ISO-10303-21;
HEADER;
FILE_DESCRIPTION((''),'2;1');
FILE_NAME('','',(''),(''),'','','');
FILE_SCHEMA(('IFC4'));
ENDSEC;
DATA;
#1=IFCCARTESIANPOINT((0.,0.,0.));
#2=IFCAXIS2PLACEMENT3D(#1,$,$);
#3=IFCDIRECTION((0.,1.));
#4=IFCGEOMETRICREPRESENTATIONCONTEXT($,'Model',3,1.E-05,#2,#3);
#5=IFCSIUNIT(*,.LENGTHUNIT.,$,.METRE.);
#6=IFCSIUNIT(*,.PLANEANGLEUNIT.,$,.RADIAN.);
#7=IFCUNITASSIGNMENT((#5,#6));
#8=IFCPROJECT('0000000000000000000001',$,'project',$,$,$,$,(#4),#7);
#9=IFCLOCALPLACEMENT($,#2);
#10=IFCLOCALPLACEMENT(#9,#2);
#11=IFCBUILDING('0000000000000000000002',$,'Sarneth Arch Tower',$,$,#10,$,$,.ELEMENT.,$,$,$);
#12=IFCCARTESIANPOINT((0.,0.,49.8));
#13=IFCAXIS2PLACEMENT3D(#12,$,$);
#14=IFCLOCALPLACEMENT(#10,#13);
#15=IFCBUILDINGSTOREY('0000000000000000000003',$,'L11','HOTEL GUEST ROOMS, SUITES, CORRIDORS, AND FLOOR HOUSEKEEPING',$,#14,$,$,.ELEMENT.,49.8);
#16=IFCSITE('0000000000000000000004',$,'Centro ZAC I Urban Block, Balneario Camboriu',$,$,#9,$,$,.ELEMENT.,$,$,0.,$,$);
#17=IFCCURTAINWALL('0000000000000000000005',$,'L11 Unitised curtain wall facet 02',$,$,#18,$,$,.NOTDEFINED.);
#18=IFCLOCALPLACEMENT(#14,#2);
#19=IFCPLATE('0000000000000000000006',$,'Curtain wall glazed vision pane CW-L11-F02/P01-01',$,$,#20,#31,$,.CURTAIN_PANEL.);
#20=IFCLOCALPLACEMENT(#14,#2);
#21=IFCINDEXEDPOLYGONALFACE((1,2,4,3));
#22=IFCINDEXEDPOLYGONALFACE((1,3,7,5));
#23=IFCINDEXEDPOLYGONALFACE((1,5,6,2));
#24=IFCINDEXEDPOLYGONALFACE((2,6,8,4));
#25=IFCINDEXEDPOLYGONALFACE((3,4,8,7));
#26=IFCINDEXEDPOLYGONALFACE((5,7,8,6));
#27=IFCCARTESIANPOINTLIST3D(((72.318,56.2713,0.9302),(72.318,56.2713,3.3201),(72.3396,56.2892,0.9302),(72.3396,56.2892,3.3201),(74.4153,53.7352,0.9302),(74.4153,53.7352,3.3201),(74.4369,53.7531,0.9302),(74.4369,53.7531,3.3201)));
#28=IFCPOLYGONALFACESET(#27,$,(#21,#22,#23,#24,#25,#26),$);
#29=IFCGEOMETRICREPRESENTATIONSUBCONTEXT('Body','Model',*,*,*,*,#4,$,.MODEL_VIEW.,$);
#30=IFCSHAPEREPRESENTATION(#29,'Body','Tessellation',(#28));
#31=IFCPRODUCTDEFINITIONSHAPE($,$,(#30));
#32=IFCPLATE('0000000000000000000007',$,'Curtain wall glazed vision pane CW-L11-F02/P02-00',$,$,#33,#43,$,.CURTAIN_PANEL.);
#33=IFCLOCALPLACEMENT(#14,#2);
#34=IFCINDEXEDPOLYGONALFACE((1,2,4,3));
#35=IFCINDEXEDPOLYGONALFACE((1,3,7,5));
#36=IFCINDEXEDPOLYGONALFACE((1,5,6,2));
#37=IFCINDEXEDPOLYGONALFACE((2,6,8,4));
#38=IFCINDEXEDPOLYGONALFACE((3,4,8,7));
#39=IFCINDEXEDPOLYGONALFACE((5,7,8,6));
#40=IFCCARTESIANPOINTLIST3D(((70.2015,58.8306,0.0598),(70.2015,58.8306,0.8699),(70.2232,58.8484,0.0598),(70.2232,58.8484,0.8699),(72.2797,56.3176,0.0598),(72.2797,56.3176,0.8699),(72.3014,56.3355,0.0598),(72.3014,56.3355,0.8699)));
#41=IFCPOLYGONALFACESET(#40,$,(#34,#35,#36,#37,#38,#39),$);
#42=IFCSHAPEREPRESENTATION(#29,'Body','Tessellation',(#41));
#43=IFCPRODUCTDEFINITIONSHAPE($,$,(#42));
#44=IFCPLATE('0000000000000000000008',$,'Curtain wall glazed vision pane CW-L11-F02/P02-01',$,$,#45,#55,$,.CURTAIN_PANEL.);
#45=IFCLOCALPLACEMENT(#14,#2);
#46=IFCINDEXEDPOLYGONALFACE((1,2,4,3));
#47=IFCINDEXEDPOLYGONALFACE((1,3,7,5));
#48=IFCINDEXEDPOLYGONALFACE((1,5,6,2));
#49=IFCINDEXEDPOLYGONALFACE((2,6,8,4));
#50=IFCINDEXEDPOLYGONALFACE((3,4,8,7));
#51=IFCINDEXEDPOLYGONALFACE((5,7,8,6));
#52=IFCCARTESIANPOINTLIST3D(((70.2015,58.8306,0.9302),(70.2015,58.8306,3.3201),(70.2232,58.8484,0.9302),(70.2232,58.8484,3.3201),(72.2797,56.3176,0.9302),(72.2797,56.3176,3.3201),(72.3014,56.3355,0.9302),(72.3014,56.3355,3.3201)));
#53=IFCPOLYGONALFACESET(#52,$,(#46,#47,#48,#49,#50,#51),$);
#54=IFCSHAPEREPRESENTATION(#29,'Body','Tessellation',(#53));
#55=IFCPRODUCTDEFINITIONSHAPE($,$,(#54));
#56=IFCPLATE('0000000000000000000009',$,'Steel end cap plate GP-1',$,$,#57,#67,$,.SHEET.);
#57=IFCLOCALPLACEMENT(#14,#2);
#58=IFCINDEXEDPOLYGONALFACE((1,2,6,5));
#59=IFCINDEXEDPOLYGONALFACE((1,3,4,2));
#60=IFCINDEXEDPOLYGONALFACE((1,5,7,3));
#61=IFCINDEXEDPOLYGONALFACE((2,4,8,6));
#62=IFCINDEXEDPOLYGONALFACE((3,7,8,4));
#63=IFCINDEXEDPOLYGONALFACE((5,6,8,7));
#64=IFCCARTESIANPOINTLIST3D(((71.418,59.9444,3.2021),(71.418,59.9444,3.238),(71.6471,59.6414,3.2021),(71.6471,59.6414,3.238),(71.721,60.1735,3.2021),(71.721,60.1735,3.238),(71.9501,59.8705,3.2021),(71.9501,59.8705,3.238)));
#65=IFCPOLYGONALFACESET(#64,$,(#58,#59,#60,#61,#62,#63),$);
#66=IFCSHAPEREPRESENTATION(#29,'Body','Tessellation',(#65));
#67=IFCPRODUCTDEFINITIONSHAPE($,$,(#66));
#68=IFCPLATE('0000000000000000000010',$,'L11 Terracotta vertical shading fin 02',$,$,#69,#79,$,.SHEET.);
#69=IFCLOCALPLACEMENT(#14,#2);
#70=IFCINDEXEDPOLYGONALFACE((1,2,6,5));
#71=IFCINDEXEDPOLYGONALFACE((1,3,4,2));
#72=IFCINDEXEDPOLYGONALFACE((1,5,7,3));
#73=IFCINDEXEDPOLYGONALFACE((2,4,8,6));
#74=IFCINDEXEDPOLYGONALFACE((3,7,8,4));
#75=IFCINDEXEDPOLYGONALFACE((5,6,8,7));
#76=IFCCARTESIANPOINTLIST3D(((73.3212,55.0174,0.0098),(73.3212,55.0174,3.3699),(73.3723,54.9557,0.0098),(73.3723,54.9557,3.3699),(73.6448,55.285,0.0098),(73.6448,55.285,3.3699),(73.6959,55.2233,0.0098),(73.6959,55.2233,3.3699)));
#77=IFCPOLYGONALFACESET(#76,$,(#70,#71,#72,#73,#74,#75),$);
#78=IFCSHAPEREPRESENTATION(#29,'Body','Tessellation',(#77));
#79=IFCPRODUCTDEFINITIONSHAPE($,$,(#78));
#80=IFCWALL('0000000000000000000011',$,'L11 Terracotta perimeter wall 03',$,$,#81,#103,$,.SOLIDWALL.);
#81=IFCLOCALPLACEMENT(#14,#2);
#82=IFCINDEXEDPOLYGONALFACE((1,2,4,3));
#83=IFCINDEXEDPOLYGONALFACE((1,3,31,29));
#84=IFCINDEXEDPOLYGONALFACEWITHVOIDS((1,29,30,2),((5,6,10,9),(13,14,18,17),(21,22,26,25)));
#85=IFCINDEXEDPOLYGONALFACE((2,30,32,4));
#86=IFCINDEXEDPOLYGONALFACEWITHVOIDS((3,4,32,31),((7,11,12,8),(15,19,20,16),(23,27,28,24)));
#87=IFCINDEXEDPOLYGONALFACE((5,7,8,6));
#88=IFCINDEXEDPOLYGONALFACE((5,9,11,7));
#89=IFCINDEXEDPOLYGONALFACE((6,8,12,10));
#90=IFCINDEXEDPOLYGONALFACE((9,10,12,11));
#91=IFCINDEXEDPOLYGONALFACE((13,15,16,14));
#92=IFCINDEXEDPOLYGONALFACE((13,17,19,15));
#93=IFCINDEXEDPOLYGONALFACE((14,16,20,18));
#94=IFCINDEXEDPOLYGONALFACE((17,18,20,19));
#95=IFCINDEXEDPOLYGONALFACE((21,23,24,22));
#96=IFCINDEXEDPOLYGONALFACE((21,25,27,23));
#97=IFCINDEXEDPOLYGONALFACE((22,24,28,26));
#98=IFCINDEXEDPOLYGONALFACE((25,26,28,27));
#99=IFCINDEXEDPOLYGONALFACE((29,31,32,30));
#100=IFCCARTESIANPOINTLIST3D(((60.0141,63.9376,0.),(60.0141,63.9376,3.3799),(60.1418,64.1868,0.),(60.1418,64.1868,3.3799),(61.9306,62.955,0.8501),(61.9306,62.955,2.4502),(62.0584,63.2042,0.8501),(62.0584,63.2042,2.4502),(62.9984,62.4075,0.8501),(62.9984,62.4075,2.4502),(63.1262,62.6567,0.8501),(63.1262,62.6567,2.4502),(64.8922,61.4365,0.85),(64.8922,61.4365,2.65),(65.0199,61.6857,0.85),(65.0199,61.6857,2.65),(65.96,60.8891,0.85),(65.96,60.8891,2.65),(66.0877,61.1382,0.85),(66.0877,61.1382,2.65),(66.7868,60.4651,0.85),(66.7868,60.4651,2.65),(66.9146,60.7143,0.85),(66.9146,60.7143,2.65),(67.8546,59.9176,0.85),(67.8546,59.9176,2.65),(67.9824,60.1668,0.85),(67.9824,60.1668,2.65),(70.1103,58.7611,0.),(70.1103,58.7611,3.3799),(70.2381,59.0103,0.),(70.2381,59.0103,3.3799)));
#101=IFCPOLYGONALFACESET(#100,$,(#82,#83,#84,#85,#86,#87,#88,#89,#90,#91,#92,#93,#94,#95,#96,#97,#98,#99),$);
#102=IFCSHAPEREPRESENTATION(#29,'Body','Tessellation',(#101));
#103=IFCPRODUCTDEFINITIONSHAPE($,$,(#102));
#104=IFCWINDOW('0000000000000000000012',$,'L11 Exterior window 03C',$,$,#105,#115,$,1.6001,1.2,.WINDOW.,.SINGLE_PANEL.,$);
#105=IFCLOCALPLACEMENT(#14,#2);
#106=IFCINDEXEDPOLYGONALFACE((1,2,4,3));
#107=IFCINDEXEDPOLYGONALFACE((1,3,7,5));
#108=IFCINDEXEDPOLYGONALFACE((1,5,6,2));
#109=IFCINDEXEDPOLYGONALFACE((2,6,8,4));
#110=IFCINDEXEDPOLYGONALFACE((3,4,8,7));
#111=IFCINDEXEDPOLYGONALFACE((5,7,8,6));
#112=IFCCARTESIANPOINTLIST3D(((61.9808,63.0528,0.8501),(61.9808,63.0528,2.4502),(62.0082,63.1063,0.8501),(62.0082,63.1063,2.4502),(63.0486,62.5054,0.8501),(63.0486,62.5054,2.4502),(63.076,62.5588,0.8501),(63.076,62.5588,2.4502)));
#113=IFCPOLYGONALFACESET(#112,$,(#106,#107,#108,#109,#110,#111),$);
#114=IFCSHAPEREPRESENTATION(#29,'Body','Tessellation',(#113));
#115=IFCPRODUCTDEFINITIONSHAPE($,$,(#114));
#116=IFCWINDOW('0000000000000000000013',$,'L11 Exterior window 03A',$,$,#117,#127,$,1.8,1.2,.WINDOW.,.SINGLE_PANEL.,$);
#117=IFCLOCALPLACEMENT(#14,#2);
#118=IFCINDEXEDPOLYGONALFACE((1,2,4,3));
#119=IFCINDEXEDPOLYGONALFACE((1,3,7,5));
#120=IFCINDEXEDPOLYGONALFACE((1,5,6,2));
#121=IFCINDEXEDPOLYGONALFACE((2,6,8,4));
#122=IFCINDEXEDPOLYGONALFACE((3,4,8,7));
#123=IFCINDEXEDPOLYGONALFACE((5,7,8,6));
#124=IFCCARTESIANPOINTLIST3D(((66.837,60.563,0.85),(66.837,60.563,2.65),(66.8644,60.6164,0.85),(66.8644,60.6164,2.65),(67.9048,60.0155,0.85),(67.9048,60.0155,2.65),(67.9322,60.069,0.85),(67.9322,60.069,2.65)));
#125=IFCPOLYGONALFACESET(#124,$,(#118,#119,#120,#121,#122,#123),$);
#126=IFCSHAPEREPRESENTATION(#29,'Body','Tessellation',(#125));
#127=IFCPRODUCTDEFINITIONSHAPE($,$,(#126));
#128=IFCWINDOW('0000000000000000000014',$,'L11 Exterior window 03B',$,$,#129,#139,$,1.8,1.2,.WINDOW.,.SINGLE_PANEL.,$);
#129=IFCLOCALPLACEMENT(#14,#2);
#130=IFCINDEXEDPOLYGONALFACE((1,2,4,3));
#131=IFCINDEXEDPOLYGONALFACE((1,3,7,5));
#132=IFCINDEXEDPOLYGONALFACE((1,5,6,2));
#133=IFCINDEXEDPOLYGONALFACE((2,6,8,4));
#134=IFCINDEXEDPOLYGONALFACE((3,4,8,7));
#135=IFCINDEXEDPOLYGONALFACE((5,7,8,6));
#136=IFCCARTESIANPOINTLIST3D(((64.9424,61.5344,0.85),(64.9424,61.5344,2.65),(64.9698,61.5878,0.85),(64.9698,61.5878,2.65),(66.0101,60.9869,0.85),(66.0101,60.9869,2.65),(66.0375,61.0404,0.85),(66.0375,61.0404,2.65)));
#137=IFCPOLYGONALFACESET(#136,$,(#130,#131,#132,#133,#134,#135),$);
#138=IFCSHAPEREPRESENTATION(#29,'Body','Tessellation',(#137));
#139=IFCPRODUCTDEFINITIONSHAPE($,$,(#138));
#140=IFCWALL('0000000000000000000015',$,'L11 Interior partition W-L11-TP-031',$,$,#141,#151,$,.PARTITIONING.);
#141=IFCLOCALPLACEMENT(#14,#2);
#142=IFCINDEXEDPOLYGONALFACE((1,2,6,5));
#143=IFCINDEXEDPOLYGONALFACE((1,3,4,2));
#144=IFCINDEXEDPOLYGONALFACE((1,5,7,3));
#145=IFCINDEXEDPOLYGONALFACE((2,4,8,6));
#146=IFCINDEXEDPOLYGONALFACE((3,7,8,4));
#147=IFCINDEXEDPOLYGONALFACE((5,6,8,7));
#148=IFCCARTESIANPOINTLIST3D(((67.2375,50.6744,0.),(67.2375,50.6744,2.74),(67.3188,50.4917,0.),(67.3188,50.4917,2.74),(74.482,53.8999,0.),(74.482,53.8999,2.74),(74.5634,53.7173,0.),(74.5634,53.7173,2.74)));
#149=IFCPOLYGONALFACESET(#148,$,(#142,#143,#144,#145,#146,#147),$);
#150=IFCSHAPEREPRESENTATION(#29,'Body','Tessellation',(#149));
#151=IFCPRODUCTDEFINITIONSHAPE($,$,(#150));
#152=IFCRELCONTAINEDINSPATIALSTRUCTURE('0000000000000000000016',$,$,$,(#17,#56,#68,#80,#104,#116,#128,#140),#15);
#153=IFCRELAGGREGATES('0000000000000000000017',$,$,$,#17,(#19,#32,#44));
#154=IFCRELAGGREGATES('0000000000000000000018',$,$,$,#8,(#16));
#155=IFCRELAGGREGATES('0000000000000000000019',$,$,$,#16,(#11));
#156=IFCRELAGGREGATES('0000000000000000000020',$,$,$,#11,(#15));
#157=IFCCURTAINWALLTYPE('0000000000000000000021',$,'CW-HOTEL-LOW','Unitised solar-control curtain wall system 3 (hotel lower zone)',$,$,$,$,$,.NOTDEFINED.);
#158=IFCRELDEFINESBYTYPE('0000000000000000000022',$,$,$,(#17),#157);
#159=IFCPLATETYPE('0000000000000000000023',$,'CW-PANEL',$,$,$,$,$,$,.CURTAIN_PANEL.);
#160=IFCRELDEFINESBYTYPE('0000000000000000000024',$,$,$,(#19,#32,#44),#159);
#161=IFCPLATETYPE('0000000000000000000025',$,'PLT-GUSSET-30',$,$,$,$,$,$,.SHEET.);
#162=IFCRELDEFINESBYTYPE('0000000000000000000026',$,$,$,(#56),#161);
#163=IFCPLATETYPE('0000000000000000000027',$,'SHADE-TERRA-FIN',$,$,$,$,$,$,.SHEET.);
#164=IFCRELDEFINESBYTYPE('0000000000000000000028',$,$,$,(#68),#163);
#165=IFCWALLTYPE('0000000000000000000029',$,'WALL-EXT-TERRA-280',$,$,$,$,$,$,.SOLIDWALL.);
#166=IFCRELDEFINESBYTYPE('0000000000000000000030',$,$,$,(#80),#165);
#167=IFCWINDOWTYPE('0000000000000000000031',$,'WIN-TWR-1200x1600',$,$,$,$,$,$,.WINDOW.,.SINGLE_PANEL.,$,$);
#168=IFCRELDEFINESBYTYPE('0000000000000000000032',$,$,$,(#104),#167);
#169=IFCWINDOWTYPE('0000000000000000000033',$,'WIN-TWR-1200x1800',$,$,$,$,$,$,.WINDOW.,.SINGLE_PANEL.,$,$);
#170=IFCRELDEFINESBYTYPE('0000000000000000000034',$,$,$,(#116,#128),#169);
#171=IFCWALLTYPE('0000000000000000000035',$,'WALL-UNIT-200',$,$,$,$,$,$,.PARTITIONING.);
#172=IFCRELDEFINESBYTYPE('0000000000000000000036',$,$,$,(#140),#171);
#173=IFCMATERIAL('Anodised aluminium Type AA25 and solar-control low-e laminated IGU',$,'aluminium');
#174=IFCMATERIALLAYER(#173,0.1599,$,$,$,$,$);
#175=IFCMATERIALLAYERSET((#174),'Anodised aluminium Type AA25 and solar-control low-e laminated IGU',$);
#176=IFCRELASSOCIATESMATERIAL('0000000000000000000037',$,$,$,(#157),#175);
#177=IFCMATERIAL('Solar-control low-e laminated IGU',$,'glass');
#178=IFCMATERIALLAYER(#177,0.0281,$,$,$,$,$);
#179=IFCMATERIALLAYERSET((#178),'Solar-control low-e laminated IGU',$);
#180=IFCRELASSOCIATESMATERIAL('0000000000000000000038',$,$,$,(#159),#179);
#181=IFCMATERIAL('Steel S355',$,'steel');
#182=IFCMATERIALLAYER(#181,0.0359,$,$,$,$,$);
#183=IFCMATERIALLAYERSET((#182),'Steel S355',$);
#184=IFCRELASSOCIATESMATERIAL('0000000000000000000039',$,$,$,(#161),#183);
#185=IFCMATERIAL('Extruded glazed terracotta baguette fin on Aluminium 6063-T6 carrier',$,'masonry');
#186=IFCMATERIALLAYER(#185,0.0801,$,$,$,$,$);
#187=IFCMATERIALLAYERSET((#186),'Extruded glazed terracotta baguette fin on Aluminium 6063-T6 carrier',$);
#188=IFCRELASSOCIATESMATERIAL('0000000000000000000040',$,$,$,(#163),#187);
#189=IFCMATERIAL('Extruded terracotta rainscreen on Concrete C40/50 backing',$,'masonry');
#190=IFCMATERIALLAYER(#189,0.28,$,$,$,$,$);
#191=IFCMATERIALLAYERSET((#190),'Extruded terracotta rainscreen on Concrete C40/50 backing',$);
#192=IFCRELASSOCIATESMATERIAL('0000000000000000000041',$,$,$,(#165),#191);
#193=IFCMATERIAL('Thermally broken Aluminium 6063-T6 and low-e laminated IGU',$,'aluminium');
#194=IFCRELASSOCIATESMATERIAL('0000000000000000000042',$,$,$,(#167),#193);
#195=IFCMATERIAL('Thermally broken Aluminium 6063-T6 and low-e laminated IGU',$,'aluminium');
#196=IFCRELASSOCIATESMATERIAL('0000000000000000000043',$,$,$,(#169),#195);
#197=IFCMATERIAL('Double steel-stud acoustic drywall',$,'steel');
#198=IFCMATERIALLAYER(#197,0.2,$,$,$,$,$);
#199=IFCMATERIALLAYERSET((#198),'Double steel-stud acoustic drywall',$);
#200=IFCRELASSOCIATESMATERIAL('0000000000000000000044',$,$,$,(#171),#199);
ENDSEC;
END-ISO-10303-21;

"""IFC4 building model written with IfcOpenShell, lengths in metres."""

from ifc_helpers import new_model, si_unit, direction, frame, frame_2d, origin, origin_2d, place, context, subcontext, project, spatial, rectangle, extrude, material, layer, layer_set, type_object, element, fill, aggregate, save


model = new_model("IFC4")

# Units and contexts
model_context = context("Model", 3, precision=1e-05, world=origin(), true_north=direction((0.0, 1.0)))
body_context = subcontext(model_context, "Body", "Model", "MODEL_VIEW")
ifc_project = project(units=[si_unit("LENGTHUNIT", "METRE"), si_unit("PLANEANGLEUNIT", "RADIAN")], contexts=[model_context])

# Site, building, storey
site_placement = place(None, origin())
site = spatial("IfcSite", under=ifc_project, at=site_placement, Name="Centro ZAC I Urban Block, Balneario Camboriu", CompositionType="ELEMENT", RefElevation=0.0)
building_placement = place(site_placement, origin())
building = spatial("IfcBuilding", under=site, at=building_placement, Name="Sarneth Arch Tower", CompositionType="ELEMENT")
storey_placement = place(building_placement, frame((0.0, 0.0, 49.8)))
storey = spatial("IfcBuildingStorey", under=building, at=storey_placement, Name="L11", Description="HOTEL GUEST ROOMS, SUITES, CORRIDORS, AND FLOOR HOUSEKEEPING", CompositionType="ELEMENT", Elevation=49.8)

# Curtain wall
ifc_material_1 = material(Name="Anodised aluminium Type AA25 and solar-control low-e laminated IGU", Category="aluminium")
ifc_layer_1 = layer(ifc_material_1, 0.1599)
ifc_layer_set_1 = layer_set([ifc_layer_1], Name="Anodised aluminium Type AA25 and solar-control low-e laminated IGU")
curtain_wall_type = type_object("IfcCurtainWallType", Name="CW-HOTEL-LOW", Description="Unitised solar-control curtain wall system 3 (hotel lower zone)", PredefinedType="NOTDEFINED", material=ifc_layer_set_1)
curtain_wall_placement = place(storey_placement, origin())
curtain_wall = element("IfcCurtainWall", 1, at=curtain_wall_placement, inside=storey, type_object=curtain_wall_type, Name="L11 Unitised curtain wall facet 02", PredefinedType="NOTDEFINED")

# Plates
ifc_material_2 = material(Name="Solar-control low-e laminated IGU", Category="glass")
ifc_layer_2 = layer(ifc_material_2, 0.0281)
ifc_layer_set_2 = layer_set([ifc_layer_2], Name="Solar-control low-e laminated IGU")
plate_type_1 = type_object("IfcPlateType", Name="CW-PANEL", PredefinedType="CURTAIN_PANEL", material=ifc_layer_set_2)
plate_1_placement = place(storey_placement, frame((73.3774, 55.0122, 0.9302), z_axis=(0.0, 0.0, 1.0), x_axis=(-0.637291, 0.770623, 0.0)))
plate_1 = element("IfcPlate", 2, at=plate_1_placement, type_object=plate_type_1, Name="Curtain wall glazed vision pane CW-L11-F02/P01-01", PredefinedType="CURTAIN_PANEL", context=body_context, shape_type="SweptSolid", body=[
    extrude(rectangle(XDim=3.291, YDim=0.0281, at=origin_2d()), origin(), (0.0, 0.0, 1.0), 2.3899),
])
plate_2_placement = place(storey_placement, frame((71.2515, 57.583, 0.0598), z_axis=(0.0, 0.0, 1.0), x_axis=(-0.637291, 0.770623, 0.0)))
plate_2 = element("IfcPlate", 3, at=plate_2_placement, type_object=plate_type_1, Name="Curtain wall glazed vision pane CW-L11-F02/P02-00", PredefinedType="CURTAIN_PANEL", context=body_context, shape_type="SweptSolid", body=[
    extrude(rectangle(XDim=3.261, YDim=0.0281, at=origin_2d()), origin(), (0.0, 0.0, 1.0), 0.8101),
])
plate_3_placement = place(storey_placement, frame((71.2515, 57.583, 0.9302), z_axis=(0.0, 0.0, 1.0), x_axis=(-0.637291, 0.770623, 0.0)))
plate_3 = element("IfcPlate", 4, at=plate_3_placement, type_object=plate_type_1, Name="Curtain wall glazed vision pane CW-L11-F02/P02-01", PredefinedType="CURTAIN_PANEL", context=body_context, shape_type="SweptSolid", body=[
    extrude(rectangle(XDim=3.261, YDim=0.0281, at=origin_2d()), origin(), (0.0, 0.0, 1.0), 2.3899),
])
aggregate(curtain_wall, [plate_1, plate_2, plate_3])

# Plates
ifc_material_3 = material(Name="Steel S355", Category="steel")
ifc_layer_3 = layer(ifc_material_3, 0.0359)
ifc_layer_set_3 = layer_set([ifc_layer_3], Name="Steel S355")
plate_type_2 = type_object("IfcPlateType", Name="PLT-GUSSET-30", PredefinedType="SHEET", material=ifc_layer_set_3)
plate_4_placement = place(storey_placement, frame((71.6841, 59.9075, 3.2021), z_axis=(0.0, 0.0, 1.0), x_axis=(0.797689, 0.603069, 0.0)))
element("IfcPlate", 5, at=plate_4_placement, inside=storey, type_object=plate_type_2, Name="Steel end cap plate GP-1", PredefinedType="SHEET", context=body_context, shape_type="SweptSolid", body=[
    extrude(rectangle(XDim=0.3799, YDim=0.3799, at=origin_2d()), origin(), (0.0, 0.0, 1.0), 0.0359),
])
ifc_material_4 = material(Name="Extruded glazed terracotta baguette fin on Aluminium 6063-T6 carrier", Category="masonry")
ifc_layer_4 = layer(ifc_material_4, 0.0801)
ifc_layer_set_4 = layer_set([ifc_layer_4], Name="Extruded glazed terracotta baguette fin on Aluminium 6063-T6 carrier")
plate_type_3 = type_object("IfcPlateType", Name="SHADE-TERRA-FIN", PredefinedType="SHEET", material=ifc_layer_set_4)
plate_5_placement = place(storey_placement, frame((73.5085, 55.1204, 0.0098), z_axis=(0.0, 0.0, 1.0), x_axis=(0.770624, 0.63729, 0.0)))
element("IfcPlate", 6, at=plate_5_placement, inside=storey, type_object=plate_type_3, Name="L11 Terracotta vertical shading fin 02", PredefinedType="SHEET", context=body_context, shape_type="SweptSolid", body=[
    extrude(rectangle(XDim=0.4199, YDim=0.0801, at=origin_2d()), origin(), (0.0, 0.0, 1.0), 3.3601),
])

# Wall, openings, windows
ifc_material_5 = material(Name="Extruded terracotta rainscreen on Concrete C40/50 backing", Category="masonry")
ifc_layer_5 = layer(ifc_material_5, 0.28)
ifc_layer_set_5 = layer_set([ifc_layer_5], Name="Extruded terracotta rainscreen on Concrete C40/50 backing")
wall_type_1 = type_object("IfcWallType", Name="WALL-EXT-TERRA-280", PredefinedType="SOLIDWALL", material=ifc_layer_set_5)
wall_1_placement = place(storey_placement, frame((70.1741, 58.8857, 0.0), z_axis=(0.0, 0.0, 1.0), x_axis=(-0.889854, 0.456245, 0.0)))
wall_1 = element("IfcWall", 7, at=wall_1_placement, inside=storey, type_object=wall_type_1, Name="L11 Terracotta perimeter wall 03", PredefinedType="SOLIDWALL", context=body_context, shape_type="SweptSolid", body=[
    extrude(rectangle(XDim=11.3459, YDim=0.28, at=frame_2d((5.6729, 0.0))), origin(), (0.0, 0.0, 1.0), 3.3799),
])
opening_1_placement = place(wall_1_placement, frame((2.5347, 0.0, 0.8501)))
opening_1 = element("IfcOpeningElement", 8, at=opening_1_placement, cuts=wall_1, PredefinedType="OPENING", context=body_context, shape_type="SweptSolid", body=[
    extrude(rectangle(XDim=1.2, YDim=1.8, at=frame_2d((0.6001, 0.8999))), frame((0.0, 0.1499, 0.0), z_axis=(0.0, -1.0, 0.0), x_axis=(1.0, 0.0, 0.0)), (0.0, 0.0, 1.0), 0.3),
])
opening_2_placement = place(wall_1_placement, frame((4.6638, 0.0, 0.8501)))
opening_2 = element("IfcOpeningElement", 9, at=opening_2_placement, cuts=wall_1, PredefinedType="OPENING", context=body_context, shape_type="SweptSolid", body=[
    extrude(rectangle(XDim=1.2, YDim=1.8, at=frame_2d((0.6001, 0.8999))), frame((0.0, 0.1499, 0.0), z_axis=(0.0, -1.0, 0.0), x_axis=(1.0, 0.0, 0.0)), (0.0, 0.0, 1.0), 0.3),
])
opening_3_placement = place(wall_1_placement, frame((7.9919, 0.0, 0.8501)))
opening_3 = element("IfcOpeningElement", 10, at=opening_3_placement, cuts=wall_1, PredefinedType="OPENING", context=body_context, shape_type="SweptSolid", body=[
    extrude(rectangle(XDim=1.2, YDim=1.6001, at=frame_2d((0.6001, 0.8))), frame((0.0, 0.1499, 0.0), z_axis=(0.0, -1.0, 0.0), x_axis=(1.0, 0.0, 0.0)), (0.0, 0.0, 1.0), 0.3),
])
ifc_material_6 = material(Name="Thermally broken Aluminium 6063-T6 and low-e laminated IGU", Category="aluminium")
window_type_1 = type_object("IfcWindowType", Name="WIN-TWR-1200x1600", PartitioningType="SINGLE_PANEL", PredefinedType="WINDOW", material=ifc_material_6)
window_1_placement = place(opening_3_placement, origin())
window_1 = element("IfcWindow", 11, at=window_1_placement, inside=storey, type_object=window_type_1, Name="L11 Exterior window 03C", OverallHeight=1.6001, OverallWidth=1.2, PartitioningType="SINGLE_PANEL", PredefinedType="WINDOW", context=body_context, shape_type="SweptSolid", body=[
    extrude(rectangle(XDim=1.2, YDim=1.6001, at=frame_2d((0.6001, 0.8))), frame((0.0, 0.03, 0.0), z_axis=(0.0, -1.0, 0.0), x_axis=(1.0, 0.0, 0.0)), (0.0, 0.0, 1.0), 0.0601),
])
fill(opening_3, window_1)
ifc_material_7 = material(Name="Thermally broken Aluminium 6063-T6 and low-e laminated IGU", Category="aluminium")
window_type_2 = type_object("IfcWindowType", Name="WIN-TWR-1200x1800", PartitioningType="SINGLE_PANEL", PredefinedType="WINDOW", material=ifc_material_7)
window_2_placement = place(opening_1_placement, origin())
window_2 = element("IfcWindow", 12, at=window_2_placement, inside=storey, type_object=window_type_2, Name="L11 Exterior window 03A", OverallHeight=1.8, OverallWidth=1.2, PartitioningType="SINGLE_PANEL", PredefinedType="WINDOW", context=body_context, shape_type="SweptSolid", body=[
    extrude(rectangle(XDim=1.2, YDim=1.8, at=frame_2d((0.6001, 0.8999))), frame((0.0, 0.03, 0.0), z_axis=(0.0, -1.0, 0.0), x_axis=(1.0, 0.0, 0.0)), (0.0, 0.0, 1.0), 0.0601),
])
fill(opening_1, window_2)
window_3_placement = place(opening_2_placement, origin())
window_3 = element("IfcWindow", 13, at=window_3_placement, inside=storey, type_object=window_type_2, Name="L11 Exterior window 03B", OverallHeight=1.8, OverallWidth=1.2, PartitioningType="SINGLE_PANEL", PredefinedType="WINDOW", context=body_context, shape_type="SweptSolid", body=[
    extrude(rectangle(XDim=1.2, YDim=1.8, at=frame_2d((0.6001, 0.8999))), frame((0.0, 0.03, 0.0), z_axis=(0.0, -1.0, 0.0), x_axis=(1.0, 0.0, 0.0)), (0.0, 0.0, 1.0), 0.0601),
])
fill(opening_2, window_3)

# Wall
ifc_material_8 = material(Name="Double steel-stud acoustic drywall", Category="steel")
ifc_layer_6 = layer(ifc_material_8, 0.2)
ifc_layer_set_6 = layer_set([ifc_layer_6], Name="Double steel-stud acoustic drywall")
wall_type_2 = type_object("IfcWallType", Name="WALL-UNIT-200", PredefinedType="PARTITIONING", material=ifc_layer_set_6)
wall_2_placement = place(storey_placement, frame((74.5227, 53.8086, 0.0), z_axis=(0.0, 0.0, 1.0), x_axis=(-0.913542, -0.406744, 0.0)))
element("IfcWall", 14, at=wall_2_placement, inside=storey, type_object=wall_type_2, Name="L11 Interior partition W-L11-TP-031", PredefinedType="PARTITIONING", context=body_context, shape_type="SweptSolid", body=[
    extrude(rectangle(XDim=7.9302, YDim=0.2, at=frame_2d((3.9651, 0.0))), origin(), (0.0, 0.0, 1.0), 2.74),
])

save(model, "model.ifc")
